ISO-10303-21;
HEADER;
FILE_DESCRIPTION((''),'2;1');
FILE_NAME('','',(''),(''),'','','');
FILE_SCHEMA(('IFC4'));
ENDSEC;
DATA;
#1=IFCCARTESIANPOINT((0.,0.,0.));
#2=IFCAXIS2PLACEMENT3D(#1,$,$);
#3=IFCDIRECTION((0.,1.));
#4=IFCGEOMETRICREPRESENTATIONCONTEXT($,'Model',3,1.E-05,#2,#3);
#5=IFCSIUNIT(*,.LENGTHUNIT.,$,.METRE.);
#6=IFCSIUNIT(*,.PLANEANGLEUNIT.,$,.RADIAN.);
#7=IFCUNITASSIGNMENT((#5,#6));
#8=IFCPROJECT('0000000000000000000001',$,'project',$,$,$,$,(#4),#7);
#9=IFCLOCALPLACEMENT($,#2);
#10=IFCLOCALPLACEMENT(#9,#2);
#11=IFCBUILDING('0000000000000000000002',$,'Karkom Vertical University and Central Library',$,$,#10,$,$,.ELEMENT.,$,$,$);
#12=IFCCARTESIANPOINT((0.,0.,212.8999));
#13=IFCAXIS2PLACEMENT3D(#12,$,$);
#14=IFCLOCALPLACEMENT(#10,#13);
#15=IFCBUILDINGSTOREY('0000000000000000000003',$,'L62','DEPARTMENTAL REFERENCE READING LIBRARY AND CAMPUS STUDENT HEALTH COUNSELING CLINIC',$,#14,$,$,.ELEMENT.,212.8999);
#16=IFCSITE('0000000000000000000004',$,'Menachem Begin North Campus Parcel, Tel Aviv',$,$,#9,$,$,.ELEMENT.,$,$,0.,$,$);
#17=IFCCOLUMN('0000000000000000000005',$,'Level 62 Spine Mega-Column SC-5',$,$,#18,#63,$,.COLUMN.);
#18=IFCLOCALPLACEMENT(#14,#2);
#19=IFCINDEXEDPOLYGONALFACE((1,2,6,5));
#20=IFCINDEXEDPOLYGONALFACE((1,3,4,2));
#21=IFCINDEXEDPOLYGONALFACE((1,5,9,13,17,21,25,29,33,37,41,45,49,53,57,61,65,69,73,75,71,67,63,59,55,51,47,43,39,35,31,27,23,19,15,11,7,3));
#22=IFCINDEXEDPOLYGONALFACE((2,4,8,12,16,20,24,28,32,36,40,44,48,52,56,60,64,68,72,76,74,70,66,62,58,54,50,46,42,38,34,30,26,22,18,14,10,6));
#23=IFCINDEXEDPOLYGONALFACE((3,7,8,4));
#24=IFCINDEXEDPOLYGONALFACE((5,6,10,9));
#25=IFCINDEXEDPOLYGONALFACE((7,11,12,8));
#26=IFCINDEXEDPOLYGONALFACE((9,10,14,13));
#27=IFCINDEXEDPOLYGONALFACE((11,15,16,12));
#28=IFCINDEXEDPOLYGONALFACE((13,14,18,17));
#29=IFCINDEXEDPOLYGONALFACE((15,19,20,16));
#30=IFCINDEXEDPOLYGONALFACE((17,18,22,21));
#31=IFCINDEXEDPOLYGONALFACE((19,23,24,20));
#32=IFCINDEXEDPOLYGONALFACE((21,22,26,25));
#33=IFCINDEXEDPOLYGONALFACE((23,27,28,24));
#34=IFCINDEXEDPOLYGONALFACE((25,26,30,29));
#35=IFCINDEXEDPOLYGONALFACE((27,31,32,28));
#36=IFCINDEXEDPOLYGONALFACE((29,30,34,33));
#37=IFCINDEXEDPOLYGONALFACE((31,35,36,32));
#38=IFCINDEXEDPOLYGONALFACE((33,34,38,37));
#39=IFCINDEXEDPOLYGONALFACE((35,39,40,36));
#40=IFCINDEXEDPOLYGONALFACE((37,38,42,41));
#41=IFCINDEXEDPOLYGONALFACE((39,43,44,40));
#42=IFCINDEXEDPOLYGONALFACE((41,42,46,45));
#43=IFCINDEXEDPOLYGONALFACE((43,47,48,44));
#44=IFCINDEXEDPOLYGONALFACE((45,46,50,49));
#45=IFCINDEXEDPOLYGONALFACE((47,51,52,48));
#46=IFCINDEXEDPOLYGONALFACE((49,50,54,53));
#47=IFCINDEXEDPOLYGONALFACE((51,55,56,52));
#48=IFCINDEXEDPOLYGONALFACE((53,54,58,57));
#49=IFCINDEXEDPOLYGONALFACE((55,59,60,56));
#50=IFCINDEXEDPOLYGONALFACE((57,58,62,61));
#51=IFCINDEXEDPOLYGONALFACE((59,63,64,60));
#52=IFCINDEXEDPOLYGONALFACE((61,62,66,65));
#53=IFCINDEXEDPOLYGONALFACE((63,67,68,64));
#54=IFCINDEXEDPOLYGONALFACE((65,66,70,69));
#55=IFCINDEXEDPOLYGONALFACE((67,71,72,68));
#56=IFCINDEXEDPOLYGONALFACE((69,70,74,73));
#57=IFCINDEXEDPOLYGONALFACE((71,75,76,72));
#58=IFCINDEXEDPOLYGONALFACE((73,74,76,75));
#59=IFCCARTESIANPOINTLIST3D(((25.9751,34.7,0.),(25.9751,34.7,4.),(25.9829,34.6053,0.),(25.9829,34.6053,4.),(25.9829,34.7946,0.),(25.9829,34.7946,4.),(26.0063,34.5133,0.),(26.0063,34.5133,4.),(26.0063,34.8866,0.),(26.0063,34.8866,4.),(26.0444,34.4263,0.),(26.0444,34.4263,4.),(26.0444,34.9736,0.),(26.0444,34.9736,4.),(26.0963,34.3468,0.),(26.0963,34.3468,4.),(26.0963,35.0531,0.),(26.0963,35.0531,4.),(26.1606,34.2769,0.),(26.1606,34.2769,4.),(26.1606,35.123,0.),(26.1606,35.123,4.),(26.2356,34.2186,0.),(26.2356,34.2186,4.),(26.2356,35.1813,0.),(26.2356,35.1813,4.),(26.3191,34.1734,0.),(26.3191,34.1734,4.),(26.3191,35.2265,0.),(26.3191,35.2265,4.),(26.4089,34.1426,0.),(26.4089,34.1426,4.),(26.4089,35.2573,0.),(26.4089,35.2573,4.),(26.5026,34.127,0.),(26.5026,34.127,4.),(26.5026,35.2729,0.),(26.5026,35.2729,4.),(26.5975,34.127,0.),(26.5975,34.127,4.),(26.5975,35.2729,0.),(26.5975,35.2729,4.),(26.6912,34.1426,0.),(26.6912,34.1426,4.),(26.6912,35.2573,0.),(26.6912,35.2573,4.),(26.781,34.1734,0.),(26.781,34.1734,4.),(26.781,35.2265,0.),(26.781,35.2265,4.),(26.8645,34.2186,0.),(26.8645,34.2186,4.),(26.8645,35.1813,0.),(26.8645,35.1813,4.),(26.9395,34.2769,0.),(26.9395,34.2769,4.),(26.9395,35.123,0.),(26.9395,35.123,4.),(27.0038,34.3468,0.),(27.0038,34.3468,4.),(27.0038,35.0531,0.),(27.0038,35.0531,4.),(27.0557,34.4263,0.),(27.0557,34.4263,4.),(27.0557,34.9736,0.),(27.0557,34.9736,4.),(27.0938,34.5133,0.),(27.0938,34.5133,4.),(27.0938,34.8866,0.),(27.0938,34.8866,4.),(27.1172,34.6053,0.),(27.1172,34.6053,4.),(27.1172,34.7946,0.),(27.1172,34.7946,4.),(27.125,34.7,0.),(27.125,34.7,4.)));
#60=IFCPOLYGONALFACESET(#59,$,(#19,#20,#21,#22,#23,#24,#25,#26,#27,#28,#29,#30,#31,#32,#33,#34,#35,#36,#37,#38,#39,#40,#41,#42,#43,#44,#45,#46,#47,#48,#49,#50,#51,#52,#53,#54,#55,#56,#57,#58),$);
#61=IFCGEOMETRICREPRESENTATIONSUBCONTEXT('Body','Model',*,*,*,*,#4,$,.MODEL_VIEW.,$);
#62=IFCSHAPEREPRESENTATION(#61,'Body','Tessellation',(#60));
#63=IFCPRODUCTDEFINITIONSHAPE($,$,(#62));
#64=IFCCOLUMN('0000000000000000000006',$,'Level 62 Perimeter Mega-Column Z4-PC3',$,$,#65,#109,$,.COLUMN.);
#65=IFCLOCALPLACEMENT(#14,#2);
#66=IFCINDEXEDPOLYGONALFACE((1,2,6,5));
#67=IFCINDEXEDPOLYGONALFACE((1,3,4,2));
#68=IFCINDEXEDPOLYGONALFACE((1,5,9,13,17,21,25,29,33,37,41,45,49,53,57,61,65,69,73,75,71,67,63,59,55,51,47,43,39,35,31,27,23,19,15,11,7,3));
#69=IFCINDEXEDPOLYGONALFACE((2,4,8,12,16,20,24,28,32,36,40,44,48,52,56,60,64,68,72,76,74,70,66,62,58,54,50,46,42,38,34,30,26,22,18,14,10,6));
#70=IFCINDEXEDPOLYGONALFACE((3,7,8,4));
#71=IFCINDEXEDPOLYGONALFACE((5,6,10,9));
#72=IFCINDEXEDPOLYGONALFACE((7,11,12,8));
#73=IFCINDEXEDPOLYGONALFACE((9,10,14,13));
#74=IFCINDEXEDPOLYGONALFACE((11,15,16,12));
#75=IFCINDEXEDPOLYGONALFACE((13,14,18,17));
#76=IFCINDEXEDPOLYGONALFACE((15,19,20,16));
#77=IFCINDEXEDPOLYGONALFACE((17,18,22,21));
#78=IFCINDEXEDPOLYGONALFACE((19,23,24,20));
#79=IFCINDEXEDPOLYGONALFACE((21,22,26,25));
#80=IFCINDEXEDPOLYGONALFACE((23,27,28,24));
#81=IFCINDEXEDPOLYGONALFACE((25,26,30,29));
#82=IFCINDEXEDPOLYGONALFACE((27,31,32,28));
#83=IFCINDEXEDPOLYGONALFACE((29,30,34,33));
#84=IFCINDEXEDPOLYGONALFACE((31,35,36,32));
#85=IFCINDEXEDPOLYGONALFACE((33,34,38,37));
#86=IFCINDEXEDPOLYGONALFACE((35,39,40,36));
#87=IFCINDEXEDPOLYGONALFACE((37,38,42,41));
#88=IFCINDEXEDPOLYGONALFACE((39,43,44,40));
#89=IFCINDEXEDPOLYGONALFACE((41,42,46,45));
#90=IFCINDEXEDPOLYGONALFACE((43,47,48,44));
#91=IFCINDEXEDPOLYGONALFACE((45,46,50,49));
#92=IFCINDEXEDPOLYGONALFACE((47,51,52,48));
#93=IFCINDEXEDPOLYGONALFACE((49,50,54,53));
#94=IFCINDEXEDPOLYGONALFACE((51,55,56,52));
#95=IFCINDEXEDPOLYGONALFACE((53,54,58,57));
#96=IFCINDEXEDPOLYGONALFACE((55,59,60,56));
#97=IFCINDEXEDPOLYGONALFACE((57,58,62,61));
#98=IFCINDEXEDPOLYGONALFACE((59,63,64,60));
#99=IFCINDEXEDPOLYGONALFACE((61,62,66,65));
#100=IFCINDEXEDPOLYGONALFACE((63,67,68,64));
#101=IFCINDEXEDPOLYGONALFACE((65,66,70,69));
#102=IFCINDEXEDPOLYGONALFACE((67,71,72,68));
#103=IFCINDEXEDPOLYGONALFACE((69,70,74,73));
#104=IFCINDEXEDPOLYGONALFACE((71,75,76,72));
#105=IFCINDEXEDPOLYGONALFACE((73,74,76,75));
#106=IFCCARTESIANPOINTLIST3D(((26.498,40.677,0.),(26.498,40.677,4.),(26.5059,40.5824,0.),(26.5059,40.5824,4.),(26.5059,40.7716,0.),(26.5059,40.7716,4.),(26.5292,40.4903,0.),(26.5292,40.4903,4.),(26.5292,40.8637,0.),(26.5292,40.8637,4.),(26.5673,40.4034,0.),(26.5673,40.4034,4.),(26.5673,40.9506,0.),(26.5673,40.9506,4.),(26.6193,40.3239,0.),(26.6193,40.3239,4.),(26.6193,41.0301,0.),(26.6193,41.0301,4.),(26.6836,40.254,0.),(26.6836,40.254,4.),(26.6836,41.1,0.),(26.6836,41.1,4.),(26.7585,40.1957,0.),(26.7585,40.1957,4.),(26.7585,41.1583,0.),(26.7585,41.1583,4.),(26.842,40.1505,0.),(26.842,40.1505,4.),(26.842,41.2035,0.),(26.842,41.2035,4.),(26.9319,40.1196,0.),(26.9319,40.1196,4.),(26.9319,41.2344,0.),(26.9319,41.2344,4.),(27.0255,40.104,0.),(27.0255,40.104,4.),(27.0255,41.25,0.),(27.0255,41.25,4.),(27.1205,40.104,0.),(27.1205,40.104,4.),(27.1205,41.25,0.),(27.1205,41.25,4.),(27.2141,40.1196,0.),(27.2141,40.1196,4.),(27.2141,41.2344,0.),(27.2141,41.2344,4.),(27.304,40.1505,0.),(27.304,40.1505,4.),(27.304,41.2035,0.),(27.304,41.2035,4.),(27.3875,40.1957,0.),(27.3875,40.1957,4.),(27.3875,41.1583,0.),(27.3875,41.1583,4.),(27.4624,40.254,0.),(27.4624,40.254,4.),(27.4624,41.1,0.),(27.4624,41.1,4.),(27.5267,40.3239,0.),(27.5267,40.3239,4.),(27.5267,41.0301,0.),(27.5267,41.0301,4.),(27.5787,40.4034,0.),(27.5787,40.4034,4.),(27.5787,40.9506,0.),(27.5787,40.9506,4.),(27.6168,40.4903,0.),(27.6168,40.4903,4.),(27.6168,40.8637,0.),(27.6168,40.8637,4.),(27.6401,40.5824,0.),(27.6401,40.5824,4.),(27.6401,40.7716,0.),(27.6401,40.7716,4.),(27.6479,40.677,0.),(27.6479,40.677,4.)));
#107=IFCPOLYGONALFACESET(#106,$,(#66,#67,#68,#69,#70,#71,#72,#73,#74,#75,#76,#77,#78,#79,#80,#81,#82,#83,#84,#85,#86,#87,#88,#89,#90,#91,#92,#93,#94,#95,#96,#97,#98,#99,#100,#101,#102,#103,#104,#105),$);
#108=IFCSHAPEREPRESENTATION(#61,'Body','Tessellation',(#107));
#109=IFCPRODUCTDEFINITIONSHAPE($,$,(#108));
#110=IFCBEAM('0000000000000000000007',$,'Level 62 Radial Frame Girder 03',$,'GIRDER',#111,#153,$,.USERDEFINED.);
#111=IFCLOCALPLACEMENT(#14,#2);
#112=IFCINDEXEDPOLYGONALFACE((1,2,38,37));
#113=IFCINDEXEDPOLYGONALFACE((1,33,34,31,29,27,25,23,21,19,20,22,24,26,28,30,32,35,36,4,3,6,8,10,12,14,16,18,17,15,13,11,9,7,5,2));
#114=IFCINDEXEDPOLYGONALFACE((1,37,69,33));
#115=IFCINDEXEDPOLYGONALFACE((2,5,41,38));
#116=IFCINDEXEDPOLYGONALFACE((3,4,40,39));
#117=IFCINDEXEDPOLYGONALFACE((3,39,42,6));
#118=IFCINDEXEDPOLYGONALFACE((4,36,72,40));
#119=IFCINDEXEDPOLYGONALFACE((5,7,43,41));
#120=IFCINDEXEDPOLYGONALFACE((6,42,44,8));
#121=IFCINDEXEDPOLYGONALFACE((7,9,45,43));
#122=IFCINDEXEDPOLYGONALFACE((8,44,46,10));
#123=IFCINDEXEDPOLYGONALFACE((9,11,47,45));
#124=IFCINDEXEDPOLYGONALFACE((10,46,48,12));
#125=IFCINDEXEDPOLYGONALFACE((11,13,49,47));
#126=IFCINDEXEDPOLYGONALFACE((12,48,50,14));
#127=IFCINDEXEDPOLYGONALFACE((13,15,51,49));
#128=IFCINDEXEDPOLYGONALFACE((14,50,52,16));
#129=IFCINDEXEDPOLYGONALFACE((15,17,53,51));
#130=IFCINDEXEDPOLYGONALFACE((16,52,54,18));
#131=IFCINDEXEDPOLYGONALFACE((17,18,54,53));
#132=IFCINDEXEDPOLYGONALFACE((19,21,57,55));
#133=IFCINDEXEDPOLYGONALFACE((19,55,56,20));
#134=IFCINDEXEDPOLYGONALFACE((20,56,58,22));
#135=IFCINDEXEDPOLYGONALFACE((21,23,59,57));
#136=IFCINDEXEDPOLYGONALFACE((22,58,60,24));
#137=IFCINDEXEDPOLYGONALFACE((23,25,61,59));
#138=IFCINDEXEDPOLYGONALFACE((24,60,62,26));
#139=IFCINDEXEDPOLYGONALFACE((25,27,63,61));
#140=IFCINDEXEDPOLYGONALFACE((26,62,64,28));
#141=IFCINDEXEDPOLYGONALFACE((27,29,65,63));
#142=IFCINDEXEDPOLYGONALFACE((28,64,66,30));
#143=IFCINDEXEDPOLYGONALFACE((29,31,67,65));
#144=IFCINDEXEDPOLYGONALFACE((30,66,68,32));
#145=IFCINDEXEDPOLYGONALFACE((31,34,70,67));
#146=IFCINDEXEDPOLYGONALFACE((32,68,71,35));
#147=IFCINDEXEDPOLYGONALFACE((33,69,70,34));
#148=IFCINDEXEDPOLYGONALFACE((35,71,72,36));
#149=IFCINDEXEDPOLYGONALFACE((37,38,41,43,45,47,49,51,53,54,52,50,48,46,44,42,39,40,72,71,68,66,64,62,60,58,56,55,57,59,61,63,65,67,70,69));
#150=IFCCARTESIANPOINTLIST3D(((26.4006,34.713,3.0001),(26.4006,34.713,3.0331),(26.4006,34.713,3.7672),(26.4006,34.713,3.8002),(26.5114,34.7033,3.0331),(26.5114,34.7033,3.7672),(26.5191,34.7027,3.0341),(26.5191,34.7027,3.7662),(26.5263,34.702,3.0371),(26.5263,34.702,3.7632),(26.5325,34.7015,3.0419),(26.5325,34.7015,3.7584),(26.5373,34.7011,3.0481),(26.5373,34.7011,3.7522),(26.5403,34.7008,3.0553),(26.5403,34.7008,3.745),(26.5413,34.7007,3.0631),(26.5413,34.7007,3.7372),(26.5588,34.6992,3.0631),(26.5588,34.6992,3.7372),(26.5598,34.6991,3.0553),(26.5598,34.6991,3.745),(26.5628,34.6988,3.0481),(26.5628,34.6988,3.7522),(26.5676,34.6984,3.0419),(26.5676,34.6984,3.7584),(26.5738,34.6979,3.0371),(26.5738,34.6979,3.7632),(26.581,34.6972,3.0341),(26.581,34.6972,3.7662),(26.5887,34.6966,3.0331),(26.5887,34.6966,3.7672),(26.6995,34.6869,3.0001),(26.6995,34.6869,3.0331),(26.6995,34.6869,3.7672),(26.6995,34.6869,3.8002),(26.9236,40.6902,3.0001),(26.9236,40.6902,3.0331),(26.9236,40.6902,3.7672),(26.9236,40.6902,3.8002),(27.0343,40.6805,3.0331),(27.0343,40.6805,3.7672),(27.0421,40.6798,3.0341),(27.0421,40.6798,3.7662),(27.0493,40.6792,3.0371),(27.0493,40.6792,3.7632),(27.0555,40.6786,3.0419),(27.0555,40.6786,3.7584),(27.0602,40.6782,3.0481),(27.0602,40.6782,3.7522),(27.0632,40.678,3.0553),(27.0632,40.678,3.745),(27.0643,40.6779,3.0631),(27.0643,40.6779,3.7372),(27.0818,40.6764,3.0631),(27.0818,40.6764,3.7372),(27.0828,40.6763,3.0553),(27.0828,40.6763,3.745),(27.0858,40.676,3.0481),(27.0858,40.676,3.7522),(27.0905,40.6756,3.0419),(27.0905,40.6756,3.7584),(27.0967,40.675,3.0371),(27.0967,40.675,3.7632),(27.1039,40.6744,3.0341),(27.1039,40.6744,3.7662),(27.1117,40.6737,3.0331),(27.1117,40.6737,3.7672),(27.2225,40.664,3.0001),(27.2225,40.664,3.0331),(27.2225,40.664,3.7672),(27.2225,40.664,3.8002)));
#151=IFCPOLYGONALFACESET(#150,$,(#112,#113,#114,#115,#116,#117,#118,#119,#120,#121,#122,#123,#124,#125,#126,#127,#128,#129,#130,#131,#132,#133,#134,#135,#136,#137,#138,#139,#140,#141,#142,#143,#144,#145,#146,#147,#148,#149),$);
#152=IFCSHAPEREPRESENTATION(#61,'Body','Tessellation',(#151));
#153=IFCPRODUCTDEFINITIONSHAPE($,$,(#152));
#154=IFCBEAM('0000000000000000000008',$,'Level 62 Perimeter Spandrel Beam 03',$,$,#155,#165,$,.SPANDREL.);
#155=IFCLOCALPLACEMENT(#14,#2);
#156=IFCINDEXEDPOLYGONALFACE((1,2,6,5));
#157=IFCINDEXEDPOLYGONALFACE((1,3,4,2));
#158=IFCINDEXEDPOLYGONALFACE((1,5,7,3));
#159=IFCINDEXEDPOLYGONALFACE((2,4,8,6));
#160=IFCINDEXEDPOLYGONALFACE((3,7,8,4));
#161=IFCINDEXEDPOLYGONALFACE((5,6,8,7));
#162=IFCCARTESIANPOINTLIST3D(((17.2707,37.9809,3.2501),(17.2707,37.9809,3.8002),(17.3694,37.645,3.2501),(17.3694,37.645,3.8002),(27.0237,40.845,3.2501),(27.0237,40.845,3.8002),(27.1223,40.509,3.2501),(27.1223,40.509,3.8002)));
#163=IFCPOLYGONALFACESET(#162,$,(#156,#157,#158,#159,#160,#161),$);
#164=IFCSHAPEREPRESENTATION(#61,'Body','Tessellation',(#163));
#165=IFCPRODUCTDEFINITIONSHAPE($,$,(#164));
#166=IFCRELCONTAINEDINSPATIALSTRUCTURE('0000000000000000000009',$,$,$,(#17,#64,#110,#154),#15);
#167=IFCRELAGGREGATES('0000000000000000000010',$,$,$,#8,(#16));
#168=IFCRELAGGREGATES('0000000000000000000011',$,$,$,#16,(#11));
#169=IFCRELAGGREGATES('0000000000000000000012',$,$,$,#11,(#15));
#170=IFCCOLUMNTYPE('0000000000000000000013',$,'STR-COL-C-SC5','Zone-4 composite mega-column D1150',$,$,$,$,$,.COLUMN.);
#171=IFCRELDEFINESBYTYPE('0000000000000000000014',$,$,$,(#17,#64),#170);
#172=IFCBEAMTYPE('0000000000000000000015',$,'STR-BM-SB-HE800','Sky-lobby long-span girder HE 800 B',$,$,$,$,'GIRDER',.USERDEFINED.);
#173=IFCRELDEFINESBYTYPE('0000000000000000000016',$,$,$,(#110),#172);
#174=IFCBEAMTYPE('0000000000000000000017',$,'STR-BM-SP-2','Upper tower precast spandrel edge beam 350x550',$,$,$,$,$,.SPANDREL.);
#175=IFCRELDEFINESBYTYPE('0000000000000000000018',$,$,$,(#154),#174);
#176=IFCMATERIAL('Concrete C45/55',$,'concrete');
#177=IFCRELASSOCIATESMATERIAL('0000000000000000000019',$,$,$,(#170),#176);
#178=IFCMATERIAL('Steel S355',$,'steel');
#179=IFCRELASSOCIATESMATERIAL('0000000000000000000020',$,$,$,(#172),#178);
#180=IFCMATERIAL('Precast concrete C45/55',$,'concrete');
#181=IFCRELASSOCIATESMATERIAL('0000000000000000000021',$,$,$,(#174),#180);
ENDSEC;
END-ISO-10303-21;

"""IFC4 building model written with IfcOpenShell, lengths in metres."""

from ifc_helpers import new_model, si_unit, direction, frame, origin, origin_with_axes, origin_2d, place, context, subcontext, project, spatial, rectangle, circle, i_section, extrude, source, transform, mapped, material, material_profile, profile_set, type_object, element, save


model = new_model("IFC4")

# Units and contexts
model_context = context("Model", 3, precision=1e-05, world=origin(), true_north=direction((0.0, 1.0)))
body_context = subcontext(model_context, "Body", "Model", "MODEL_VIEW")
ifc_project = project(units=[si_unit("LENGTHUNIT", "METRE"), si_unit("PLANEANGLEUNIT", "RADIAN")], contexts=[model_context])

# Site, building, storey
site_placement = place(None, origin())
site = spatial("IfcSite", under=ifc_project, at=site_placement, Name="Menachem Begin North Campus Parcel, Tel Aviv", CompositionType="ELEMENT", RefElevation=0.0)
building_placement = place(site_placement, origin())
building = spatial("IfcBuilding", under=site, at=building_placement, Name="Karkom Vertical University and Central Library", CompositionType="ELEMENT")
storey_placement = place(building_placement, frame((0.0, 0.0, 212.8999)))
storey = spatial("IfcBuildingStorey", under=building, at=storey_placement, Name="L62", Description="DEPARTMENTAL REFERENCE READING LIBRARY AND CAMPUS STUDENT HEALTH COUNSELING CLINIC", CompositionType="ELEMENT", Elevation=212.8999)

# Columns
ifc_material_1 = material(Name="Concrete C45/55", Category="concrete")
ifc_material_profile_1 = material_profile(ifc_material_1, circle(Radius=0.575, at=origin_2d()), Name="CFT-D1150")
ifc_profile_set_1 = profile_set([ifc_material_profile_1], Name="Concrete C45/55")
column_type = type_object("IfcColumnType", Name="STR-COL-C-SC5", Description="Zone-4 composite mega-column D1150", PredefinedType="COLUMN", material=ifc_profile_set_1)
shared_shape_1 = source(origin_with_axes(), body_context, "Body", "SweptSolid", [
    extrude(circle(Radius=0.575, at=origin_2d()), origin(), (0.0, 0.0, 1.0), 4.0),
])
for number, where, z_axis, x_axis, name in (
    (1, (26.55, 34.7, 0.0), (0.0, 0.0, 1.0), (1.0, 0.0, 0.0), "Level 62 Spine Mega-Column SC-5"),
    (2, (27.073, 40.677, 0.0), (0.0, 0.0, 1.0), (1.0, 0.0, 0.0), "Level 62 Perimeter Mega-Column Z4-PC3"),
):
    element("IfcColumn", number, at=place(storey_placement, frame(where, z_axis=z_axis, x_axis=x_axis)), inside=storey, type_object=column_type, Name=name, PredefinedType="COLUMN", context=body_context, shape_type="MappedRepresentation", body=[
        mapped(shared_shape_1, transform((0.0, 0.0, 0.0), scale=1.0)),
    ])

# Beams
ifc_material_2 = material(Name="Steel S355", Category="steel")
ifc_material_profile_2 = material_profile(ifc_material_2, i_section(OverallWidth=0.3, OverallDepth=0.8, WebThickness=0.0176, FlangeThickness=0.033, FilletRadius=0.03, at=origin_2d()), Name="HE 800 B")
ifc_profile_set_2 = profile_set([ifc_material_profile_2], Name="Steel S355")
beam_type_1 = type_object("IfcBeamType", Name="STR-BM-SB-HE800", Description="Sky-lobby long-span girder HE 800 B", ElementType="GIRDER", PredefinedType="USERDEFINED", material=ifc_profile_set_2)
shared_shape_2 = source(origin_with_axes(), body_context, "Body", "SweptSolid", [
    extrude(i_section(OverallWidth=0.3, OverallDepth=0.8, WebThickness=0.0176, FlangeThickness=0.033, FilletRadius=0.03, at=origin_2d()), origin(), (0.0, 0.0, 1.0), 6.0),
])
beam_1_placement = place(storey_placement, frame((26.55, 34.7, 3.4001), z_axis=(0.08716, 0.996194, 0.0), x_axis=(-0.996194, 0.08716, 0.0)))
element("IfcBeam", 3, at=beam_1_placement, inside=storey, type_object=beam_type_1, Name="Level 62 Radial Frame Girder 03", ObjectType="GIRDER", PredefinedType="USERDEFINED", context=body_context, shape_type="MappedRepresentation", body=[
    mapped(shared_shape_2, transform((0.0, 0.0, 0.0), scale=1.0)),
])
ifc_material_3 = material(Name="Precast concrete C45/55", Category="concrete")
ifc_material_profile_3 = material_profile(ifc_material_3, rectangle(XDim=0.3501, YDim=0.55, at=origin_2d()), Name="SPB-350x550")
ifc_profile_set_3 = profile_set([ifc_material_profile_3], Name="Precast concrete C45/55")
beam_type_2 = type_object("IfcBeamType", Name="STR-BM-SP-2", Description="Upper tower precast spandrel edge beam 350x550", PredefinedType="SPANDREL", material=ifc_profile_set_3)
shared_shape_3 = source(origin_with_axes(), body_context, "Body", "SweptSolid", [
    extrude(rectangle(XDim=0.3501, YDim=0.55, at=origin_2d()), origin(), (0.0, 0.0, 1.0), 10.1648),
])
beam_2_placement = place(storey_placement, frame((27.073, 40.677, 3.5251), z_axis=(-0.959485, -0.281759, 0.0), x_axis=(0.281759, -0.959485, 0.0)))
element("IfcBeam", 4, at=beam_2_placement, inside=storey, type_object=beam_type_2, Name="Level 62 Perimeter Spandrel Beam 03", PredefinedType="SPANDREL", context=body_context, shape_type="MappedRepresentation", body=[
    mapped(shared_shape_3, transform((0.0, 0.0, 0.0), scale=1.0)),
])

save(model, "model.ifc")
